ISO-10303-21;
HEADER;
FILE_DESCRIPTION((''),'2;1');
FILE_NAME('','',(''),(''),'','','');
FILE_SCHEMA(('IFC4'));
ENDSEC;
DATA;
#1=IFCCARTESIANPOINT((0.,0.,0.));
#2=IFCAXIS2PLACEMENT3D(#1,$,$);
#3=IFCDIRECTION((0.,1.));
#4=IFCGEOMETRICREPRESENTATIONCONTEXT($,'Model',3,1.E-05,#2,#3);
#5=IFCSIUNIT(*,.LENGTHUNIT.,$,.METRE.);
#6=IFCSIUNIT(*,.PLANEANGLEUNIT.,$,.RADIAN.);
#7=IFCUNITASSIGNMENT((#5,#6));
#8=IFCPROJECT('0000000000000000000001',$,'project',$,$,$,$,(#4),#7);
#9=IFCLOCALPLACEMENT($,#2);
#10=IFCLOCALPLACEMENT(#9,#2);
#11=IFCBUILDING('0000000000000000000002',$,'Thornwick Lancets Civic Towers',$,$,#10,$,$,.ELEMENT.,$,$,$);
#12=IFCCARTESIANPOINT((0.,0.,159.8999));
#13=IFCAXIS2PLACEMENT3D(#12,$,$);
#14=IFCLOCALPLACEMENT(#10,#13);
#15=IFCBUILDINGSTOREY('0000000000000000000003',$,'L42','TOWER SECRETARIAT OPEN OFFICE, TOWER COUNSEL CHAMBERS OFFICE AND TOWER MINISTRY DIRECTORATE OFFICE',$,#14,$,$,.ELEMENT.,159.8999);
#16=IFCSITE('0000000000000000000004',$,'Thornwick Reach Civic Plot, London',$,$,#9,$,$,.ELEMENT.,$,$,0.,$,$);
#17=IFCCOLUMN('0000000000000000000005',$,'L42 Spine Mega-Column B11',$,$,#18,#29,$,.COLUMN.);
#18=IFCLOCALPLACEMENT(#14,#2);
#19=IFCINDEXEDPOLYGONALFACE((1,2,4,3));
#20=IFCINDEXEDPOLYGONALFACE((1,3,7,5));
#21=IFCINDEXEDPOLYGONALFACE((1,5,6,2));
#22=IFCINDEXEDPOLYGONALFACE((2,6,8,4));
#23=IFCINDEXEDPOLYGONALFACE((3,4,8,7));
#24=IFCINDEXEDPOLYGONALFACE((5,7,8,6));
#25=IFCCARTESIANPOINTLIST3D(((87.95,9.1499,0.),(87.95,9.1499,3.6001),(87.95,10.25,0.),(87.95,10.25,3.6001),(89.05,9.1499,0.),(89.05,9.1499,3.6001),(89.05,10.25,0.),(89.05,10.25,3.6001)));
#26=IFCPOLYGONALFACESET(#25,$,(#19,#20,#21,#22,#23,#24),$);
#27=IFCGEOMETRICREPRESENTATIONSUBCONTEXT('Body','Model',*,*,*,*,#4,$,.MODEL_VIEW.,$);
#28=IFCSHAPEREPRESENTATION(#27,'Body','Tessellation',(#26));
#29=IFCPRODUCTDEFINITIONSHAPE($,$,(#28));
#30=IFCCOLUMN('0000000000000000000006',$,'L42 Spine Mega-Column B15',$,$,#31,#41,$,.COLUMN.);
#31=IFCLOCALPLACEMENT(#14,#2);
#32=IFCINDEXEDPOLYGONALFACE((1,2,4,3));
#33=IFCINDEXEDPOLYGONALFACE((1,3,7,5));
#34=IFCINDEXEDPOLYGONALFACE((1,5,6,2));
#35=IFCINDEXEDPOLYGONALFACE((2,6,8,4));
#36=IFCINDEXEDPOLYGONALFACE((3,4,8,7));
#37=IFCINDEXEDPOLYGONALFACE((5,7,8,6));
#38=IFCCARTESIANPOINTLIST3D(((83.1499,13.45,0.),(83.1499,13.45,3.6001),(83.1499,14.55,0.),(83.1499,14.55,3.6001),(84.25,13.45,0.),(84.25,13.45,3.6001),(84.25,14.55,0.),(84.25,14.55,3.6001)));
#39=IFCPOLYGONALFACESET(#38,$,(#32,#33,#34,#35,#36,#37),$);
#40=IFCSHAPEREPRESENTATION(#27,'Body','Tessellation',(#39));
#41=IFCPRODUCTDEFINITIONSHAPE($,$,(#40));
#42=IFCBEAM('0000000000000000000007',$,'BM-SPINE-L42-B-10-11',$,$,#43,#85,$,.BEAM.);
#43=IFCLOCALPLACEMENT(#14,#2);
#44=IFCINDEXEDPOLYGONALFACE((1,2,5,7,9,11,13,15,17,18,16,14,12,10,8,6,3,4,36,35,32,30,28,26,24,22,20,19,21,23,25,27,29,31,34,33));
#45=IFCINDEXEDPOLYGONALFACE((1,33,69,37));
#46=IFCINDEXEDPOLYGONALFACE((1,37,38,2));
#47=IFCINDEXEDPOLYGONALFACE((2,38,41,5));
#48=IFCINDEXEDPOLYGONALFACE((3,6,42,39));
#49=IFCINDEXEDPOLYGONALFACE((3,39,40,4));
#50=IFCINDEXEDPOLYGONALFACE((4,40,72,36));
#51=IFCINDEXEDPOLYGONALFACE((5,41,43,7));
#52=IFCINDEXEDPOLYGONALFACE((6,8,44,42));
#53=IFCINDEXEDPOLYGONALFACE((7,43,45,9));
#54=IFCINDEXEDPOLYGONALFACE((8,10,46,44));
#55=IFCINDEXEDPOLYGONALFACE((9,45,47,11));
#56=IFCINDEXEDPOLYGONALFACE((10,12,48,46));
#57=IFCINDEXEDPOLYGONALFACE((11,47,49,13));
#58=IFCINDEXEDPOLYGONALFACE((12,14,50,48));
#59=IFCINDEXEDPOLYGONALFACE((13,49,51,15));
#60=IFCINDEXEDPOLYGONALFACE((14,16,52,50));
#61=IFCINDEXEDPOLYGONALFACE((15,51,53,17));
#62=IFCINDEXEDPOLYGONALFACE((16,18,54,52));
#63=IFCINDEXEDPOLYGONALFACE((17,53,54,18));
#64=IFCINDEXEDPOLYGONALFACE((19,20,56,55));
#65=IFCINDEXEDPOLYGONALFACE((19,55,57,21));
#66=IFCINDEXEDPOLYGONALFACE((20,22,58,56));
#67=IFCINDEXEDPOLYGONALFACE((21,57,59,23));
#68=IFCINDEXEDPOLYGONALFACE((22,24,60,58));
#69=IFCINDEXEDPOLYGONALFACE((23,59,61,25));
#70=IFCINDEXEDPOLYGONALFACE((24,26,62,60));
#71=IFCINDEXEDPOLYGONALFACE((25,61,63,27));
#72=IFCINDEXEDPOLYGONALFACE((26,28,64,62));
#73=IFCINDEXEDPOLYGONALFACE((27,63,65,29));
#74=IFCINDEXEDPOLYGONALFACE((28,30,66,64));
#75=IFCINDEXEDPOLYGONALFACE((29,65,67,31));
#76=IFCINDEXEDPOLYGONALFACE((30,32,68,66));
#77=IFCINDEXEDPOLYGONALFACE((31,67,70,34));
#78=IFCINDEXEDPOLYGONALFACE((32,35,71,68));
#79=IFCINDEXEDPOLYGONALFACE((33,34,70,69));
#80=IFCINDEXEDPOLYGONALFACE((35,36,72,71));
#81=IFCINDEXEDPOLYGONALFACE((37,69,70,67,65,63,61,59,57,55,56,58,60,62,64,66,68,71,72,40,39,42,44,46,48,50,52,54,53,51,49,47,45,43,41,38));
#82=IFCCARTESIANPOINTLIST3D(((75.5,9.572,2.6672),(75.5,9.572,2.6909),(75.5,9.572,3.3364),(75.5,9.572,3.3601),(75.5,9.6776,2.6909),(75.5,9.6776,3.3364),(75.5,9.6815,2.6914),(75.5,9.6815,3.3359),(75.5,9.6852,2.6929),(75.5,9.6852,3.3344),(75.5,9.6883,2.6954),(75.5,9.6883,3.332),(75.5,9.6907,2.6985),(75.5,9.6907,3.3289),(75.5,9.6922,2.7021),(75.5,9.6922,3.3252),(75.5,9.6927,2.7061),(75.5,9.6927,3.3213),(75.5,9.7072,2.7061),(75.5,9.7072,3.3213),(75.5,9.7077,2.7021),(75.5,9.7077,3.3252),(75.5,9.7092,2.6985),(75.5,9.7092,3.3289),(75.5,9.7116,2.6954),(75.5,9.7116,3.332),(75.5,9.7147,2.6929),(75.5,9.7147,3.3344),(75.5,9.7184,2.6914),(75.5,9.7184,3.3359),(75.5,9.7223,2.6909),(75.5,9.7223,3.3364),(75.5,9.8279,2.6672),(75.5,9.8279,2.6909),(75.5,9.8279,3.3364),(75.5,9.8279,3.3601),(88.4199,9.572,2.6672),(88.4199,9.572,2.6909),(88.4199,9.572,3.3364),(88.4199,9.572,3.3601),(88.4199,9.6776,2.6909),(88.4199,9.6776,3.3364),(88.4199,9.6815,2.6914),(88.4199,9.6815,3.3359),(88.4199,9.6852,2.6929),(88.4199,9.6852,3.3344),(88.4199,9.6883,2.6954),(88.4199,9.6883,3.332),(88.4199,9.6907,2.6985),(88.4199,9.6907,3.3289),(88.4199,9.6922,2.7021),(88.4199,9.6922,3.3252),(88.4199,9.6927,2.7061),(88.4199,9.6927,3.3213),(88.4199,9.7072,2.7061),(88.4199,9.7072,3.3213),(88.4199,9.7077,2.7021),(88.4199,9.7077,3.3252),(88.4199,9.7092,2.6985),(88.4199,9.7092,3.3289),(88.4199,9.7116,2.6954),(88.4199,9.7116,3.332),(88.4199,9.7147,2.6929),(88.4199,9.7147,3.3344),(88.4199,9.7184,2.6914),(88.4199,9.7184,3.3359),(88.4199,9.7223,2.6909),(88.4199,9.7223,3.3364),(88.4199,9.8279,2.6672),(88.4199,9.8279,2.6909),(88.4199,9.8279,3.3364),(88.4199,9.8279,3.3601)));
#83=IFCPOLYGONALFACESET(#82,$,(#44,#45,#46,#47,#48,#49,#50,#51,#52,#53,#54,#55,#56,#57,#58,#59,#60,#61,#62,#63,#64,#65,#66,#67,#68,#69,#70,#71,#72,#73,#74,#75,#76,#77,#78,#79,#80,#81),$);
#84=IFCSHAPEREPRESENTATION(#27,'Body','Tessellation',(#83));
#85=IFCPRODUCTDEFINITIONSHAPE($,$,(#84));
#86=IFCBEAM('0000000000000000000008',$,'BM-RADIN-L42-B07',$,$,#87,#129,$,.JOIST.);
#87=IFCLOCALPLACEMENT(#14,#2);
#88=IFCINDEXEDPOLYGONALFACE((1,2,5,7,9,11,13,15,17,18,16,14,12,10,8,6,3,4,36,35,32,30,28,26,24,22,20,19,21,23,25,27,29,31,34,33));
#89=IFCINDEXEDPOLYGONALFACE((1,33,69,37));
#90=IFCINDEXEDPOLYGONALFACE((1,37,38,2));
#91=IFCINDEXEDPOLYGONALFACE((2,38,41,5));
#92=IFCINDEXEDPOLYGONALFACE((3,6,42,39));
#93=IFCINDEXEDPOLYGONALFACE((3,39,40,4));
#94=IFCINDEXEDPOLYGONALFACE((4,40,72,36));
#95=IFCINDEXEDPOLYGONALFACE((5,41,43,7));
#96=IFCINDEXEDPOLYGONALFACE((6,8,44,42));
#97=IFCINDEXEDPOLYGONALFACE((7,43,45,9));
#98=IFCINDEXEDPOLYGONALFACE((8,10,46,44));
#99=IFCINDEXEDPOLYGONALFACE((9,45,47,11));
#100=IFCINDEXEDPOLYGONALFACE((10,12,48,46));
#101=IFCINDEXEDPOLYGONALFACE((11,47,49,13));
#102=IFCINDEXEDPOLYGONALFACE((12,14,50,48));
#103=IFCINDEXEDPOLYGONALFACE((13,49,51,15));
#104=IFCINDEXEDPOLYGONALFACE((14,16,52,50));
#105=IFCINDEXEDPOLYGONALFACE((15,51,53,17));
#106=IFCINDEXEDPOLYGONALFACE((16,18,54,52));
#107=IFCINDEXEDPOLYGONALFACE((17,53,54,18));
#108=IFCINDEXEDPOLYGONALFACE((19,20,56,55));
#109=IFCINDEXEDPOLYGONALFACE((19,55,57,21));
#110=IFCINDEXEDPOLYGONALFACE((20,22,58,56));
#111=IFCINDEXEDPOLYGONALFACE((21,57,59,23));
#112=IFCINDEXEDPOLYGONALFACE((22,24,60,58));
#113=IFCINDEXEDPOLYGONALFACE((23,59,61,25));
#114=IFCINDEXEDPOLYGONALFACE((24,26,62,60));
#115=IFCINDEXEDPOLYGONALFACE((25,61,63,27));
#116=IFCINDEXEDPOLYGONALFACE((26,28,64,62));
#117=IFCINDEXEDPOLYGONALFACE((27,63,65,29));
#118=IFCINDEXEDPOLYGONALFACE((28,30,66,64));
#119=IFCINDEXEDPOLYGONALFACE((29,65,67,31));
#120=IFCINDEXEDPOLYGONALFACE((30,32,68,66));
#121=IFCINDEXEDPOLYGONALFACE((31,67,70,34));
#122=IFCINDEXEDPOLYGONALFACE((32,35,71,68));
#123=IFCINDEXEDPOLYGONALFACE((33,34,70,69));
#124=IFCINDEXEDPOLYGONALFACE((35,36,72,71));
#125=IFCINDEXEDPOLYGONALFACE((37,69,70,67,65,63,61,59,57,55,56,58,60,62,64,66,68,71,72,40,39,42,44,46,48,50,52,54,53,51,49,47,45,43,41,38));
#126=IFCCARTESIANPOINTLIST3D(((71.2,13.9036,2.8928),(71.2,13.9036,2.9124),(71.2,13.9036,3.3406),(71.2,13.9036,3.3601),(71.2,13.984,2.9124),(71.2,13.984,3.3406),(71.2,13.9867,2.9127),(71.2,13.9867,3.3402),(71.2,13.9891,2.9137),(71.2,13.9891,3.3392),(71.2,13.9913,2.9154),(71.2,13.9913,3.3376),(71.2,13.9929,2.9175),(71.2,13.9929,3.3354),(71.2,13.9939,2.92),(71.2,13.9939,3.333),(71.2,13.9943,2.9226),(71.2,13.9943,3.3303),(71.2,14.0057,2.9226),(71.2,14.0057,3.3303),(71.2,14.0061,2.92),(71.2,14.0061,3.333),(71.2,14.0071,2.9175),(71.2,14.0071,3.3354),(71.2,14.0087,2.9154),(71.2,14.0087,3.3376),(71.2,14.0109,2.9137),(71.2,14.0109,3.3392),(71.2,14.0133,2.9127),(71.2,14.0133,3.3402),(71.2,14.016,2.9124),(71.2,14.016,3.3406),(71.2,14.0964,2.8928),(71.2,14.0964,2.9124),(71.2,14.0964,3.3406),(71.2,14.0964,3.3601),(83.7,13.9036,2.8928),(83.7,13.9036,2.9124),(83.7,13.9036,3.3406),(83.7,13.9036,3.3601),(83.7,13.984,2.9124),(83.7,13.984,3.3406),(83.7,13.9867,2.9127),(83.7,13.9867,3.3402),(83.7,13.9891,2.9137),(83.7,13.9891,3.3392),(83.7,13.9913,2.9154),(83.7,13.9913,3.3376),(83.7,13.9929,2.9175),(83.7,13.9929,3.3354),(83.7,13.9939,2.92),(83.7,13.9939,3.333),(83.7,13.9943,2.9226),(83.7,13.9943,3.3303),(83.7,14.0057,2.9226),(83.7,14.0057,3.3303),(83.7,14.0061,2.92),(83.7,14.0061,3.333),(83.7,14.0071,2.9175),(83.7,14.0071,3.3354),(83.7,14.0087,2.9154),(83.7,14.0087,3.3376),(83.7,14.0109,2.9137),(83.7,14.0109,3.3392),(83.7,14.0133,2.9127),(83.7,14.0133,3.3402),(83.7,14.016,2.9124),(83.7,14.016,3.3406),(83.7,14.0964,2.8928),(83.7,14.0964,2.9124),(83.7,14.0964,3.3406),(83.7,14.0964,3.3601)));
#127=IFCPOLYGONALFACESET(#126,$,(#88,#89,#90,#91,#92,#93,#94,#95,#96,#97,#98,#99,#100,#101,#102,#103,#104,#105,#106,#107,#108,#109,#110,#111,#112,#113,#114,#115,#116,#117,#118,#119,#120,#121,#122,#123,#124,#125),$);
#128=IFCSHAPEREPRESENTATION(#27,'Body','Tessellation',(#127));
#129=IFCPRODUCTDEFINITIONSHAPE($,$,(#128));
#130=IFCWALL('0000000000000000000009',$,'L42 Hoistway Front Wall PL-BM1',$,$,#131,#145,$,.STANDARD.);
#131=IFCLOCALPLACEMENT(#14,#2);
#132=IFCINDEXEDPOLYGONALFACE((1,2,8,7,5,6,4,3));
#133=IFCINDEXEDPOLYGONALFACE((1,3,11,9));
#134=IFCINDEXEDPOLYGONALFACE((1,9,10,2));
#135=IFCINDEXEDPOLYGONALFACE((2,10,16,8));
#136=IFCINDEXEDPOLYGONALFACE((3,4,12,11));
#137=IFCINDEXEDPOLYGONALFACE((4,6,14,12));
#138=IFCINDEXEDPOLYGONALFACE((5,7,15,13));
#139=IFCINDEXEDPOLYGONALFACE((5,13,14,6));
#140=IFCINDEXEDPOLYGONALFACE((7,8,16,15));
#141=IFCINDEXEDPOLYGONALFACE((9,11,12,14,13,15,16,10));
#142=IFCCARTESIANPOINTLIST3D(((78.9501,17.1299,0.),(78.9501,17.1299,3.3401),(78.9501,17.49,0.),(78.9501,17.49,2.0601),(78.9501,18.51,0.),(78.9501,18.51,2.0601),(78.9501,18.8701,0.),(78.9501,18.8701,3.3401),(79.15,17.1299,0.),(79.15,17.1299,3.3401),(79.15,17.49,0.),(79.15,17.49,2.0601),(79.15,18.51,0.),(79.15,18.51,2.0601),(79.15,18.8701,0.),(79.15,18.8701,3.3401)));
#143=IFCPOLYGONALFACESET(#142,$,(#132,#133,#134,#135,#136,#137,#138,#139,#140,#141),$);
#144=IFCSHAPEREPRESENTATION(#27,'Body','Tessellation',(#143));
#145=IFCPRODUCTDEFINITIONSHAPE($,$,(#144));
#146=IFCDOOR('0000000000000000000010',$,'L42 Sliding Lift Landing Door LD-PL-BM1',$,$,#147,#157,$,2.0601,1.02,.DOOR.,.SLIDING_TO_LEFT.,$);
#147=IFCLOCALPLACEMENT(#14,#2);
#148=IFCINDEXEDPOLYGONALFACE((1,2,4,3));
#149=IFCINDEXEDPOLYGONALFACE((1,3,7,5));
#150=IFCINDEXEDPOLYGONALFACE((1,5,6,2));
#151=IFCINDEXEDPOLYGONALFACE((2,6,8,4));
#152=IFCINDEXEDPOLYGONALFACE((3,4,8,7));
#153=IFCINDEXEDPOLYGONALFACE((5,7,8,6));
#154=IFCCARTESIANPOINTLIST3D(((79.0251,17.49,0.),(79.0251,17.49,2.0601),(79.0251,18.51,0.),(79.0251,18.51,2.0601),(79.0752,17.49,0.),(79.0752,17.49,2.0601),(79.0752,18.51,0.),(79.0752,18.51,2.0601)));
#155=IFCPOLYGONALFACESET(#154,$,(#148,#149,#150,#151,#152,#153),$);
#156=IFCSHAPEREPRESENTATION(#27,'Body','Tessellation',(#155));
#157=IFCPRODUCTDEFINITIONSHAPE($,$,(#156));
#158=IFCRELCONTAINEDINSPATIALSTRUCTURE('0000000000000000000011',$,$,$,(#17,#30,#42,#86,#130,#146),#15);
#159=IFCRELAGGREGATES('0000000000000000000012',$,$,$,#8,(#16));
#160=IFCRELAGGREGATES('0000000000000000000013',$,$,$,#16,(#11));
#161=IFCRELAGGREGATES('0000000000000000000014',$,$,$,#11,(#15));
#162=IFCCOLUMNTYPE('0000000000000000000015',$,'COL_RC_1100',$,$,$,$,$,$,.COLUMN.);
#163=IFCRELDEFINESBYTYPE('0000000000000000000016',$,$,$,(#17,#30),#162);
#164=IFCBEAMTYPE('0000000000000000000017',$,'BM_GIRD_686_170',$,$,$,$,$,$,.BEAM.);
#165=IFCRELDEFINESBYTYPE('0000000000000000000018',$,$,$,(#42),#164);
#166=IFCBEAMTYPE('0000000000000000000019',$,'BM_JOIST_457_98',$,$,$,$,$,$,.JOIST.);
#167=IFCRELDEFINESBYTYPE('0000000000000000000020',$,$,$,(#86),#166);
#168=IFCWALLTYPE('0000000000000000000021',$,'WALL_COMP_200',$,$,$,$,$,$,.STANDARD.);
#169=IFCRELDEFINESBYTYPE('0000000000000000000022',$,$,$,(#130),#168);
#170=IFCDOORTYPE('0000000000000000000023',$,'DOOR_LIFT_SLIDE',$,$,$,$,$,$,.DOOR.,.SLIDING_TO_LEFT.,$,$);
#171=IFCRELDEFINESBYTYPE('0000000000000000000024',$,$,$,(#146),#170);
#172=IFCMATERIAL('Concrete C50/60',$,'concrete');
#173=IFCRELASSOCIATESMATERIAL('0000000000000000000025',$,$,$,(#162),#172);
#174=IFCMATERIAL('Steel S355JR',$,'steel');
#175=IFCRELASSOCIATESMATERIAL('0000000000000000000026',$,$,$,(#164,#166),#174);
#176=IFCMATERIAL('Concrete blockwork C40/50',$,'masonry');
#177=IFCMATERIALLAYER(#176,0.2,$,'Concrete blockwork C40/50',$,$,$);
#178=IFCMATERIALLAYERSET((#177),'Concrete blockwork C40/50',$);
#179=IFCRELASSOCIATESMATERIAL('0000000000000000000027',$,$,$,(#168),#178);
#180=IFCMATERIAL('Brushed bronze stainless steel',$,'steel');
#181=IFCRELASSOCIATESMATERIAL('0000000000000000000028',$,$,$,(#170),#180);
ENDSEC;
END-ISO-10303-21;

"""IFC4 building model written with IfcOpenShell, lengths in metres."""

from ifc_helpers import new_model, si_unit, direction, frame, frame_2d, origin, origin_2d, place, context, subcontext, project, spatial, rectangle, i_section, extrude, material, layer, layer_set, material_profile, profile_set, type_object, element, fill, save


model = new_model("IFC4")

# Units and contexts
model_context = context("Model", 3, precision=1e-05, world=origin(), true_north=direction((0.0, 1.0)))
body_context = subcontext(model_context, "Body", "Model", "MODEL_VIEW")
ifc_project = project(units=[si_unit("LENGTHUNIT", "METRE"), si_unit("PLANEANGLEUNIT", "RADIAN")], contexts=[model_context])

# Site, building, storey
site_placement = place(None, origin())
site = spatial("IfcSite", under=ifc_project, at=site_placement, Name="Thornwick Reach Civic Plot, London", CompositionType="ELEMENT", RefElevation=0.0)
building_placement = place(site_placement, origin())
building = spatial("IfcBuilding", under=site, at=building_placement, Name="Thornwick Lancets Civic Towers", CompositionType="ELEMENT")
storey_placement = place(building_placement, frame((0.0, 0.0, 159.8999)))
storey = spatial("IfcBuildingStorey", under=building, at=storey_placement, Name="L42", Description="TOWER SECRETARIAT OPEN OFFICE, TOWER COUNSEL CHAMBERS OFFICE AND TOWER MINISTRY DIRECTORATE OFFICE", CompositionType="ELEMENT", Elevation=159.8999)

# Columns
ifc_material_1 = material(Name="Concrete C50/60", Category="concrete")
ifc_material_profile_1 = material_profile(ifc_material_1, rectangle(XDim=1.1001, YDim=1.1001, at=origin_2d()), Name="RC 1100x1100")
ifc_profile_set_1 = profile_set([ifc_material_profile_1], Name="Concrete C50/60")
column_type = type_object("IfcColumnType", Name="COL_RC_1100", PredefinedType="COLUMN", material=ifc_profile_set_1)
for number, where, z_axis, x_axis, name in (
    (1, (88.5, 9.7, 0.0), (0.0, 0.0, 1.0), (1.0, 0.0, 0.0), "L42 Spine Mega-Column B11"),
    (2, (83.7, 14.0, 0.0), (0.0, 0.0, 1.0), (1.0, 0.0, 0.0), "L42 Spine Mega-Column B15"),
):
    element("IfcColumn", number, at=place(storey_placement, frame(where, z_axis=z_axis, x_axis=x_axis)), inside=storey, type_object=column_type, Name=name, PredefinedType="COLUMN", context=body_context, shape_type="SweptSolid", body=[
        extrude(rectangle(XDim=1.1001, YDim=1.1001, at=origin_2d()), origin(), (0.0, 0.0, 1.0), 3.6001),
    ])

# Beams
ifc_material_2 = material(Name="Steel S355JR", Category="steel")
ifc_material_profile_2 = material_profile(ifc_material_2, i_section(OverallWidth=0.2559, OverallDepth=0.6929, WebThickness=0.0144, FlangeThickness=0.0237, FilletRadius=0.0151, at=origin_2d()), Name="UKB 686x254x170")
ifc_profile_set_2 = profile_set([ifc_material_profile_2], Name="Steel S355JR")
beam_type_1 = type_object("IfcBeamType", Name="BM_GIRD_686_170", PredefinedType="BEAM", material=ifc_profile_set_2)
beam_1_placement = place(storey_placement, frame((88.4199, 9.7, 3.0137), z_axis=(-1.0, 0.0, 0.0), x_axis=(0.0, -1.0, 0.0)))
element("IfcBeam", 3, at=beam_1_placement, inside=storey, type_object=beam_type_1, Name="BM-SPINE-L42-B-10-11", PredefinedType="BEAM", context=body_context, shape_type="SweptSolid", body=[
    extrude(i_section(OverallWidth=0.2559, OverallDepth=0.6929, WebThickness=0.0144, FlangeThickness=0.0237, FilletRadius=0.0151, at=origin_2d()), origin(), (0.0, 0.0, 1.0), 12.9199),
])
ifc_material_profile_3 = material_profile(ifc_material_2, i_section(OverallWidth=0.1929, OverallDepth=0.4673, WebThickness=0.0115, FlangeThickness=0.0195, FilletRadius=0.0103, at=origin_2d()), Name="UKB 457x191x98")
ifc_profile_set_3 = profile_set([ifc_material_profile_3], Name="Steel S355JR")
beam_type_2 = type_object("IfcBeamType", Name="BM_JOIST_457_98", PredefinedType="JOIST", material=ifc_profile_set_3)
beam_2_placement = place(storey_placement, frame((83.7, 14.0, 3.1265), z_axis=(-1.0, 0.0, 0.0), x_axis=(0.0, -1.0, 0.0)))
element("IfcBeam", 4, at=beam_2_placement, inside=storey, type_object=beam_type_2, Name="BM-RADIN-L42-B07", PredefinedType="JOIST", context=body_context, shape_type="SweptSolid", body=[
    extrude(i_section(OverallWidth=0.1929, OverallDepth=0.4673, WebThickness=0.0115, FlangeThickness=0.0195, FilletRadius=0.0103, at=origin_2d()), origin(), (0.0, 0.0, 1.0), 12.5),
])

# Wall, opening, door
ifc_material_3 = material(Name="Concrete blockwork C40/50", Category="masonry")
ifc_layer_1 = layer(ifc_material_3, 0.2, Name="Concrete blockwork C40/50")
ifc_layer_set_1 = layer_set([ifc_layer_1], Name="Concrete blockwork C40/50")
wall_type_1 = type_object("IfcWallType", Name="WALL_COMP_200", PredefinedType="STANDARD", material=ifc_layer_set_1)
wall_1_placement = place(storey_placement, frame((79.05, 17.1299, 0.0), z_axis=(0.0, 0.0, 1.0), x_axis=(0.0, 1.0, 0.0)))
wall_1 = element("IfcWall", 5, at=wall_1_placement, inside=storey, type_object=wall_type_1, Name="L42 Hoistway Front Wall PL-BM1", PredefinedType="STANDARD", context=body_context, shape_type="SweptSolid", body=[
    extrude(rectangle(XDim=1.7402, YDim=0.2, at=frame_2d((0.8701, 0.0))), origin(), (0.0, 0.0, 1.0), 3.3401),
])
opening_1_placement = place(wall_1_placement, frame((0.3601, 0.0, 0.0)))
opening_1 = element("IfcOpeningElement", 6, at=opening_1_placement, cuts=wall_1, PredefinedType="OPENING", context=body_context, shape_type="SweptSolid", body=[
    extrude(rectangle(XDim=1.02, YDim=2.0601, at=frame_2d((0.51, 1.03))), frame((0.0, 0.1099, 0.0), z_axis=(0.0, -1.0, 0.0), x_axis=(1.0, 0.0, 0.0)), (0.0, 0.0, 1.0), 0.22),
])
ifc_material_4 = material(Name="Brushed bronze stainless steel", Category="steel")
door_type_1 = type_object("IfcDoorType", Name="DOOR_LIFT_SLIDE", OperationType="SLIDING_TO_LEFT", PredefinedType="DOOR", material=ifc_material_4)
door_1_placement = place(opening_1_placement, origin())
door_1 = element("IfcDoor", 7, at=door_1_placement, inside=storey, type_object=door_type_1, Name="L42 Sliding Lift Landing Door LD-PL-BM1", OperationType="SLIDING_TO_LEFT", OverallHeight=2.0601, OverallWidth=1.02, PredefinedType="DOOR", context=body_context, shape_type="SweptSolid", body=[
    extrude(rectangle(XDim=1.02, YDim=2.0601, at=frame_2d((0.51, 1.03))), frame((0.0, 0.0249, 0.0), z_axis=(0.0, -1.0, 0.0), x_axis=(1.0, 0.0, 0.0)), (0.0, 0.0, 1.0), 0.05),
])
fill(opening_1, door_1)

save(model, "model.ifc")
